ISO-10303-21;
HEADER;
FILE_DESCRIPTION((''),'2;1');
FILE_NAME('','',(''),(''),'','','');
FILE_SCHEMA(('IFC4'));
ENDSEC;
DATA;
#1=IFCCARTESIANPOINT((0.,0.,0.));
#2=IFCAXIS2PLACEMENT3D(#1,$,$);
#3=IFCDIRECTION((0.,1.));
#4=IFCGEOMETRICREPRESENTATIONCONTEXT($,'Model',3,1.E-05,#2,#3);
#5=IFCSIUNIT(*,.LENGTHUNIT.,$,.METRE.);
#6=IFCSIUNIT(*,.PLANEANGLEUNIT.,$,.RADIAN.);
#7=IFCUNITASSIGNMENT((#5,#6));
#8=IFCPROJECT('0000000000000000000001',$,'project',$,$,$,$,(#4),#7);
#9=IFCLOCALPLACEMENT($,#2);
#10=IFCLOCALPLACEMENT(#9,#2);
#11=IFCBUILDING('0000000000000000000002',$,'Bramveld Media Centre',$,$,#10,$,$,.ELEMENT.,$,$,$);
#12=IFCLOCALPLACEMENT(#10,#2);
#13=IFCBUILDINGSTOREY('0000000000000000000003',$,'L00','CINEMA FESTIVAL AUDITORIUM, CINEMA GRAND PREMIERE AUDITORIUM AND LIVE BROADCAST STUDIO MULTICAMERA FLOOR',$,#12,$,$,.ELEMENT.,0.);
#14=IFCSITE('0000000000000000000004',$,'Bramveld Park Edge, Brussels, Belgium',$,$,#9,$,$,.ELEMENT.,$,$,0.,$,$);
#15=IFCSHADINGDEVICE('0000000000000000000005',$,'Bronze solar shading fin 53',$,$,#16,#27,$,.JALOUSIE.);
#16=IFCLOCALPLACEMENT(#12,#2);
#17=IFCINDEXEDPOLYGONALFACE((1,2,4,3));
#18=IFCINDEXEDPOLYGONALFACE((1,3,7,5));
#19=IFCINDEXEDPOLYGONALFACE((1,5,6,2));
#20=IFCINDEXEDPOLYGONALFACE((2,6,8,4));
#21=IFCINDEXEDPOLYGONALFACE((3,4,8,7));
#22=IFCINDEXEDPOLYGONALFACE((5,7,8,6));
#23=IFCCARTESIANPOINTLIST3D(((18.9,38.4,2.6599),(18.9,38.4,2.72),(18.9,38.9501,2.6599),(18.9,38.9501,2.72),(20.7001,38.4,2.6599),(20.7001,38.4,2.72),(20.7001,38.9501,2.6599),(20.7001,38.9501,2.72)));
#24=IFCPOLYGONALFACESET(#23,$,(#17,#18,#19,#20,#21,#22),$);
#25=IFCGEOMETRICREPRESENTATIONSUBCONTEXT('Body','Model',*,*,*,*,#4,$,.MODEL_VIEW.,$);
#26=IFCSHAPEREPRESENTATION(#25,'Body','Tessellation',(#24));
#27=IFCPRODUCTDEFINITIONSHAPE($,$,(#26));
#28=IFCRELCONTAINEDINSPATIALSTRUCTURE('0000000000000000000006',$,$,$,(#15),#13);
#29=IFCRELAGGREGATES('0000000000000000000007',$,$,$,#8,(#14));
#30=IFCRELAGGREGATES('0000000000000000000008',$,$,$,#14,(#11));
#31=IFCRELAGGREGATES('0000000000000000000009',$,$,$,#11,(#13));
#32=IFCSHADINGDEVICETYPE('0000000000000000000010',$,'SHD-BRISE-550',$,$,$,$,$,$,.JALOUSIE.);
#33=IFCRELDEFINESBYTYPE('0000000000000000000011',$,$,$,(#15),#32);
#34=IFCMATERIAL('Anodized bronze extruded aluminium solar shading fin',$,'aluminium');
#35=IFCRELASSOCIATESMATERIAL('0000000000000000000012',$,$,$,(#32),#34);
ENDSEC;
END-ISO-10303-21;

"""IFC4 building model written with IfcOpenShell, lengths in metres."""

from ifc_helpers import new_model, si_unit, direction, frame, origin, origin_2d, place, context, subcontext, project, spatial, rectangle, extrude, material, type_object, element, save


model = new_model("IFC4")

# Units and contexts
model_context = context("Model", 3, precision=1e-05, world=origin(), true_north=direction((0.0, 1.0)))
body_context = subcontext(model_context, "Body", "Model", "MODEL_VIEW")
ifc_project = project(units=[si_unit("LENGTHUNIT", "METRE"), si_unit("PLANEANGLEUNIT", "RADIAN")], contexts=[model_context])

# Site, building, storey
site_placement = place(None, origin())
site = spatial("IfcSite", under=ifc_project, at=site_placement, Name="Bramveld Park Edge, Brussels, Belgium", CompositionType="ELEMENT", RefElevation=0.0)
building_placement = place(site_placement, origin())
building = spatial("IfcBuilding", under=site, at=building_placement, Name="Bramveld Media Centre", CompositionType="ELEMENT")
storey_placement = place(building_placement, origin())
storey = spatial("IfcBuildingStorey", under=building, at=storey_placement, Name="L00", Description="CINEMA FESTIVAL AUDITORIUM, CINEMA GRAND PREMIERE AUDITORIUM AND LIVE BROADCAST STUDIO MULTICAMERA FLOOR", CompositionType="ELEMENT", Elevation=0.0)

# Shading device
ifc_material_1 = material(Name="Anodized bronze extruded aluminium solar shading fin", Category="aluminium")
shading_device_type_1 = type_object("IfcShadingDeviceType", Name="SHD-BRISE-550", PredefinedType="JALOUSIE", material=ifc_material_1)
shading_device_1_placement = place(storey_placement, frame((19.8, 38.675, 2.6599), z_axis=(0.0, 0.0, 1.0), x_axis=(1.0, 0.0, 0.0)))
element("IfcShadingDevice", 1, at=shading_device_1_placement, inside=storey, type_object=shading_device_type_1, Name="Bronze solar shading fin 53", PredefinedType="JALOUSIE", context=body_context, shape_type="SweptSolid", body=[
    extrude(rectangle(XDim=1.8, YDim=0.55, at=origin_2d()), origin(), (0.0, 0.0, 1.0), 0.0601),
])

save(model, "model.ifc")
